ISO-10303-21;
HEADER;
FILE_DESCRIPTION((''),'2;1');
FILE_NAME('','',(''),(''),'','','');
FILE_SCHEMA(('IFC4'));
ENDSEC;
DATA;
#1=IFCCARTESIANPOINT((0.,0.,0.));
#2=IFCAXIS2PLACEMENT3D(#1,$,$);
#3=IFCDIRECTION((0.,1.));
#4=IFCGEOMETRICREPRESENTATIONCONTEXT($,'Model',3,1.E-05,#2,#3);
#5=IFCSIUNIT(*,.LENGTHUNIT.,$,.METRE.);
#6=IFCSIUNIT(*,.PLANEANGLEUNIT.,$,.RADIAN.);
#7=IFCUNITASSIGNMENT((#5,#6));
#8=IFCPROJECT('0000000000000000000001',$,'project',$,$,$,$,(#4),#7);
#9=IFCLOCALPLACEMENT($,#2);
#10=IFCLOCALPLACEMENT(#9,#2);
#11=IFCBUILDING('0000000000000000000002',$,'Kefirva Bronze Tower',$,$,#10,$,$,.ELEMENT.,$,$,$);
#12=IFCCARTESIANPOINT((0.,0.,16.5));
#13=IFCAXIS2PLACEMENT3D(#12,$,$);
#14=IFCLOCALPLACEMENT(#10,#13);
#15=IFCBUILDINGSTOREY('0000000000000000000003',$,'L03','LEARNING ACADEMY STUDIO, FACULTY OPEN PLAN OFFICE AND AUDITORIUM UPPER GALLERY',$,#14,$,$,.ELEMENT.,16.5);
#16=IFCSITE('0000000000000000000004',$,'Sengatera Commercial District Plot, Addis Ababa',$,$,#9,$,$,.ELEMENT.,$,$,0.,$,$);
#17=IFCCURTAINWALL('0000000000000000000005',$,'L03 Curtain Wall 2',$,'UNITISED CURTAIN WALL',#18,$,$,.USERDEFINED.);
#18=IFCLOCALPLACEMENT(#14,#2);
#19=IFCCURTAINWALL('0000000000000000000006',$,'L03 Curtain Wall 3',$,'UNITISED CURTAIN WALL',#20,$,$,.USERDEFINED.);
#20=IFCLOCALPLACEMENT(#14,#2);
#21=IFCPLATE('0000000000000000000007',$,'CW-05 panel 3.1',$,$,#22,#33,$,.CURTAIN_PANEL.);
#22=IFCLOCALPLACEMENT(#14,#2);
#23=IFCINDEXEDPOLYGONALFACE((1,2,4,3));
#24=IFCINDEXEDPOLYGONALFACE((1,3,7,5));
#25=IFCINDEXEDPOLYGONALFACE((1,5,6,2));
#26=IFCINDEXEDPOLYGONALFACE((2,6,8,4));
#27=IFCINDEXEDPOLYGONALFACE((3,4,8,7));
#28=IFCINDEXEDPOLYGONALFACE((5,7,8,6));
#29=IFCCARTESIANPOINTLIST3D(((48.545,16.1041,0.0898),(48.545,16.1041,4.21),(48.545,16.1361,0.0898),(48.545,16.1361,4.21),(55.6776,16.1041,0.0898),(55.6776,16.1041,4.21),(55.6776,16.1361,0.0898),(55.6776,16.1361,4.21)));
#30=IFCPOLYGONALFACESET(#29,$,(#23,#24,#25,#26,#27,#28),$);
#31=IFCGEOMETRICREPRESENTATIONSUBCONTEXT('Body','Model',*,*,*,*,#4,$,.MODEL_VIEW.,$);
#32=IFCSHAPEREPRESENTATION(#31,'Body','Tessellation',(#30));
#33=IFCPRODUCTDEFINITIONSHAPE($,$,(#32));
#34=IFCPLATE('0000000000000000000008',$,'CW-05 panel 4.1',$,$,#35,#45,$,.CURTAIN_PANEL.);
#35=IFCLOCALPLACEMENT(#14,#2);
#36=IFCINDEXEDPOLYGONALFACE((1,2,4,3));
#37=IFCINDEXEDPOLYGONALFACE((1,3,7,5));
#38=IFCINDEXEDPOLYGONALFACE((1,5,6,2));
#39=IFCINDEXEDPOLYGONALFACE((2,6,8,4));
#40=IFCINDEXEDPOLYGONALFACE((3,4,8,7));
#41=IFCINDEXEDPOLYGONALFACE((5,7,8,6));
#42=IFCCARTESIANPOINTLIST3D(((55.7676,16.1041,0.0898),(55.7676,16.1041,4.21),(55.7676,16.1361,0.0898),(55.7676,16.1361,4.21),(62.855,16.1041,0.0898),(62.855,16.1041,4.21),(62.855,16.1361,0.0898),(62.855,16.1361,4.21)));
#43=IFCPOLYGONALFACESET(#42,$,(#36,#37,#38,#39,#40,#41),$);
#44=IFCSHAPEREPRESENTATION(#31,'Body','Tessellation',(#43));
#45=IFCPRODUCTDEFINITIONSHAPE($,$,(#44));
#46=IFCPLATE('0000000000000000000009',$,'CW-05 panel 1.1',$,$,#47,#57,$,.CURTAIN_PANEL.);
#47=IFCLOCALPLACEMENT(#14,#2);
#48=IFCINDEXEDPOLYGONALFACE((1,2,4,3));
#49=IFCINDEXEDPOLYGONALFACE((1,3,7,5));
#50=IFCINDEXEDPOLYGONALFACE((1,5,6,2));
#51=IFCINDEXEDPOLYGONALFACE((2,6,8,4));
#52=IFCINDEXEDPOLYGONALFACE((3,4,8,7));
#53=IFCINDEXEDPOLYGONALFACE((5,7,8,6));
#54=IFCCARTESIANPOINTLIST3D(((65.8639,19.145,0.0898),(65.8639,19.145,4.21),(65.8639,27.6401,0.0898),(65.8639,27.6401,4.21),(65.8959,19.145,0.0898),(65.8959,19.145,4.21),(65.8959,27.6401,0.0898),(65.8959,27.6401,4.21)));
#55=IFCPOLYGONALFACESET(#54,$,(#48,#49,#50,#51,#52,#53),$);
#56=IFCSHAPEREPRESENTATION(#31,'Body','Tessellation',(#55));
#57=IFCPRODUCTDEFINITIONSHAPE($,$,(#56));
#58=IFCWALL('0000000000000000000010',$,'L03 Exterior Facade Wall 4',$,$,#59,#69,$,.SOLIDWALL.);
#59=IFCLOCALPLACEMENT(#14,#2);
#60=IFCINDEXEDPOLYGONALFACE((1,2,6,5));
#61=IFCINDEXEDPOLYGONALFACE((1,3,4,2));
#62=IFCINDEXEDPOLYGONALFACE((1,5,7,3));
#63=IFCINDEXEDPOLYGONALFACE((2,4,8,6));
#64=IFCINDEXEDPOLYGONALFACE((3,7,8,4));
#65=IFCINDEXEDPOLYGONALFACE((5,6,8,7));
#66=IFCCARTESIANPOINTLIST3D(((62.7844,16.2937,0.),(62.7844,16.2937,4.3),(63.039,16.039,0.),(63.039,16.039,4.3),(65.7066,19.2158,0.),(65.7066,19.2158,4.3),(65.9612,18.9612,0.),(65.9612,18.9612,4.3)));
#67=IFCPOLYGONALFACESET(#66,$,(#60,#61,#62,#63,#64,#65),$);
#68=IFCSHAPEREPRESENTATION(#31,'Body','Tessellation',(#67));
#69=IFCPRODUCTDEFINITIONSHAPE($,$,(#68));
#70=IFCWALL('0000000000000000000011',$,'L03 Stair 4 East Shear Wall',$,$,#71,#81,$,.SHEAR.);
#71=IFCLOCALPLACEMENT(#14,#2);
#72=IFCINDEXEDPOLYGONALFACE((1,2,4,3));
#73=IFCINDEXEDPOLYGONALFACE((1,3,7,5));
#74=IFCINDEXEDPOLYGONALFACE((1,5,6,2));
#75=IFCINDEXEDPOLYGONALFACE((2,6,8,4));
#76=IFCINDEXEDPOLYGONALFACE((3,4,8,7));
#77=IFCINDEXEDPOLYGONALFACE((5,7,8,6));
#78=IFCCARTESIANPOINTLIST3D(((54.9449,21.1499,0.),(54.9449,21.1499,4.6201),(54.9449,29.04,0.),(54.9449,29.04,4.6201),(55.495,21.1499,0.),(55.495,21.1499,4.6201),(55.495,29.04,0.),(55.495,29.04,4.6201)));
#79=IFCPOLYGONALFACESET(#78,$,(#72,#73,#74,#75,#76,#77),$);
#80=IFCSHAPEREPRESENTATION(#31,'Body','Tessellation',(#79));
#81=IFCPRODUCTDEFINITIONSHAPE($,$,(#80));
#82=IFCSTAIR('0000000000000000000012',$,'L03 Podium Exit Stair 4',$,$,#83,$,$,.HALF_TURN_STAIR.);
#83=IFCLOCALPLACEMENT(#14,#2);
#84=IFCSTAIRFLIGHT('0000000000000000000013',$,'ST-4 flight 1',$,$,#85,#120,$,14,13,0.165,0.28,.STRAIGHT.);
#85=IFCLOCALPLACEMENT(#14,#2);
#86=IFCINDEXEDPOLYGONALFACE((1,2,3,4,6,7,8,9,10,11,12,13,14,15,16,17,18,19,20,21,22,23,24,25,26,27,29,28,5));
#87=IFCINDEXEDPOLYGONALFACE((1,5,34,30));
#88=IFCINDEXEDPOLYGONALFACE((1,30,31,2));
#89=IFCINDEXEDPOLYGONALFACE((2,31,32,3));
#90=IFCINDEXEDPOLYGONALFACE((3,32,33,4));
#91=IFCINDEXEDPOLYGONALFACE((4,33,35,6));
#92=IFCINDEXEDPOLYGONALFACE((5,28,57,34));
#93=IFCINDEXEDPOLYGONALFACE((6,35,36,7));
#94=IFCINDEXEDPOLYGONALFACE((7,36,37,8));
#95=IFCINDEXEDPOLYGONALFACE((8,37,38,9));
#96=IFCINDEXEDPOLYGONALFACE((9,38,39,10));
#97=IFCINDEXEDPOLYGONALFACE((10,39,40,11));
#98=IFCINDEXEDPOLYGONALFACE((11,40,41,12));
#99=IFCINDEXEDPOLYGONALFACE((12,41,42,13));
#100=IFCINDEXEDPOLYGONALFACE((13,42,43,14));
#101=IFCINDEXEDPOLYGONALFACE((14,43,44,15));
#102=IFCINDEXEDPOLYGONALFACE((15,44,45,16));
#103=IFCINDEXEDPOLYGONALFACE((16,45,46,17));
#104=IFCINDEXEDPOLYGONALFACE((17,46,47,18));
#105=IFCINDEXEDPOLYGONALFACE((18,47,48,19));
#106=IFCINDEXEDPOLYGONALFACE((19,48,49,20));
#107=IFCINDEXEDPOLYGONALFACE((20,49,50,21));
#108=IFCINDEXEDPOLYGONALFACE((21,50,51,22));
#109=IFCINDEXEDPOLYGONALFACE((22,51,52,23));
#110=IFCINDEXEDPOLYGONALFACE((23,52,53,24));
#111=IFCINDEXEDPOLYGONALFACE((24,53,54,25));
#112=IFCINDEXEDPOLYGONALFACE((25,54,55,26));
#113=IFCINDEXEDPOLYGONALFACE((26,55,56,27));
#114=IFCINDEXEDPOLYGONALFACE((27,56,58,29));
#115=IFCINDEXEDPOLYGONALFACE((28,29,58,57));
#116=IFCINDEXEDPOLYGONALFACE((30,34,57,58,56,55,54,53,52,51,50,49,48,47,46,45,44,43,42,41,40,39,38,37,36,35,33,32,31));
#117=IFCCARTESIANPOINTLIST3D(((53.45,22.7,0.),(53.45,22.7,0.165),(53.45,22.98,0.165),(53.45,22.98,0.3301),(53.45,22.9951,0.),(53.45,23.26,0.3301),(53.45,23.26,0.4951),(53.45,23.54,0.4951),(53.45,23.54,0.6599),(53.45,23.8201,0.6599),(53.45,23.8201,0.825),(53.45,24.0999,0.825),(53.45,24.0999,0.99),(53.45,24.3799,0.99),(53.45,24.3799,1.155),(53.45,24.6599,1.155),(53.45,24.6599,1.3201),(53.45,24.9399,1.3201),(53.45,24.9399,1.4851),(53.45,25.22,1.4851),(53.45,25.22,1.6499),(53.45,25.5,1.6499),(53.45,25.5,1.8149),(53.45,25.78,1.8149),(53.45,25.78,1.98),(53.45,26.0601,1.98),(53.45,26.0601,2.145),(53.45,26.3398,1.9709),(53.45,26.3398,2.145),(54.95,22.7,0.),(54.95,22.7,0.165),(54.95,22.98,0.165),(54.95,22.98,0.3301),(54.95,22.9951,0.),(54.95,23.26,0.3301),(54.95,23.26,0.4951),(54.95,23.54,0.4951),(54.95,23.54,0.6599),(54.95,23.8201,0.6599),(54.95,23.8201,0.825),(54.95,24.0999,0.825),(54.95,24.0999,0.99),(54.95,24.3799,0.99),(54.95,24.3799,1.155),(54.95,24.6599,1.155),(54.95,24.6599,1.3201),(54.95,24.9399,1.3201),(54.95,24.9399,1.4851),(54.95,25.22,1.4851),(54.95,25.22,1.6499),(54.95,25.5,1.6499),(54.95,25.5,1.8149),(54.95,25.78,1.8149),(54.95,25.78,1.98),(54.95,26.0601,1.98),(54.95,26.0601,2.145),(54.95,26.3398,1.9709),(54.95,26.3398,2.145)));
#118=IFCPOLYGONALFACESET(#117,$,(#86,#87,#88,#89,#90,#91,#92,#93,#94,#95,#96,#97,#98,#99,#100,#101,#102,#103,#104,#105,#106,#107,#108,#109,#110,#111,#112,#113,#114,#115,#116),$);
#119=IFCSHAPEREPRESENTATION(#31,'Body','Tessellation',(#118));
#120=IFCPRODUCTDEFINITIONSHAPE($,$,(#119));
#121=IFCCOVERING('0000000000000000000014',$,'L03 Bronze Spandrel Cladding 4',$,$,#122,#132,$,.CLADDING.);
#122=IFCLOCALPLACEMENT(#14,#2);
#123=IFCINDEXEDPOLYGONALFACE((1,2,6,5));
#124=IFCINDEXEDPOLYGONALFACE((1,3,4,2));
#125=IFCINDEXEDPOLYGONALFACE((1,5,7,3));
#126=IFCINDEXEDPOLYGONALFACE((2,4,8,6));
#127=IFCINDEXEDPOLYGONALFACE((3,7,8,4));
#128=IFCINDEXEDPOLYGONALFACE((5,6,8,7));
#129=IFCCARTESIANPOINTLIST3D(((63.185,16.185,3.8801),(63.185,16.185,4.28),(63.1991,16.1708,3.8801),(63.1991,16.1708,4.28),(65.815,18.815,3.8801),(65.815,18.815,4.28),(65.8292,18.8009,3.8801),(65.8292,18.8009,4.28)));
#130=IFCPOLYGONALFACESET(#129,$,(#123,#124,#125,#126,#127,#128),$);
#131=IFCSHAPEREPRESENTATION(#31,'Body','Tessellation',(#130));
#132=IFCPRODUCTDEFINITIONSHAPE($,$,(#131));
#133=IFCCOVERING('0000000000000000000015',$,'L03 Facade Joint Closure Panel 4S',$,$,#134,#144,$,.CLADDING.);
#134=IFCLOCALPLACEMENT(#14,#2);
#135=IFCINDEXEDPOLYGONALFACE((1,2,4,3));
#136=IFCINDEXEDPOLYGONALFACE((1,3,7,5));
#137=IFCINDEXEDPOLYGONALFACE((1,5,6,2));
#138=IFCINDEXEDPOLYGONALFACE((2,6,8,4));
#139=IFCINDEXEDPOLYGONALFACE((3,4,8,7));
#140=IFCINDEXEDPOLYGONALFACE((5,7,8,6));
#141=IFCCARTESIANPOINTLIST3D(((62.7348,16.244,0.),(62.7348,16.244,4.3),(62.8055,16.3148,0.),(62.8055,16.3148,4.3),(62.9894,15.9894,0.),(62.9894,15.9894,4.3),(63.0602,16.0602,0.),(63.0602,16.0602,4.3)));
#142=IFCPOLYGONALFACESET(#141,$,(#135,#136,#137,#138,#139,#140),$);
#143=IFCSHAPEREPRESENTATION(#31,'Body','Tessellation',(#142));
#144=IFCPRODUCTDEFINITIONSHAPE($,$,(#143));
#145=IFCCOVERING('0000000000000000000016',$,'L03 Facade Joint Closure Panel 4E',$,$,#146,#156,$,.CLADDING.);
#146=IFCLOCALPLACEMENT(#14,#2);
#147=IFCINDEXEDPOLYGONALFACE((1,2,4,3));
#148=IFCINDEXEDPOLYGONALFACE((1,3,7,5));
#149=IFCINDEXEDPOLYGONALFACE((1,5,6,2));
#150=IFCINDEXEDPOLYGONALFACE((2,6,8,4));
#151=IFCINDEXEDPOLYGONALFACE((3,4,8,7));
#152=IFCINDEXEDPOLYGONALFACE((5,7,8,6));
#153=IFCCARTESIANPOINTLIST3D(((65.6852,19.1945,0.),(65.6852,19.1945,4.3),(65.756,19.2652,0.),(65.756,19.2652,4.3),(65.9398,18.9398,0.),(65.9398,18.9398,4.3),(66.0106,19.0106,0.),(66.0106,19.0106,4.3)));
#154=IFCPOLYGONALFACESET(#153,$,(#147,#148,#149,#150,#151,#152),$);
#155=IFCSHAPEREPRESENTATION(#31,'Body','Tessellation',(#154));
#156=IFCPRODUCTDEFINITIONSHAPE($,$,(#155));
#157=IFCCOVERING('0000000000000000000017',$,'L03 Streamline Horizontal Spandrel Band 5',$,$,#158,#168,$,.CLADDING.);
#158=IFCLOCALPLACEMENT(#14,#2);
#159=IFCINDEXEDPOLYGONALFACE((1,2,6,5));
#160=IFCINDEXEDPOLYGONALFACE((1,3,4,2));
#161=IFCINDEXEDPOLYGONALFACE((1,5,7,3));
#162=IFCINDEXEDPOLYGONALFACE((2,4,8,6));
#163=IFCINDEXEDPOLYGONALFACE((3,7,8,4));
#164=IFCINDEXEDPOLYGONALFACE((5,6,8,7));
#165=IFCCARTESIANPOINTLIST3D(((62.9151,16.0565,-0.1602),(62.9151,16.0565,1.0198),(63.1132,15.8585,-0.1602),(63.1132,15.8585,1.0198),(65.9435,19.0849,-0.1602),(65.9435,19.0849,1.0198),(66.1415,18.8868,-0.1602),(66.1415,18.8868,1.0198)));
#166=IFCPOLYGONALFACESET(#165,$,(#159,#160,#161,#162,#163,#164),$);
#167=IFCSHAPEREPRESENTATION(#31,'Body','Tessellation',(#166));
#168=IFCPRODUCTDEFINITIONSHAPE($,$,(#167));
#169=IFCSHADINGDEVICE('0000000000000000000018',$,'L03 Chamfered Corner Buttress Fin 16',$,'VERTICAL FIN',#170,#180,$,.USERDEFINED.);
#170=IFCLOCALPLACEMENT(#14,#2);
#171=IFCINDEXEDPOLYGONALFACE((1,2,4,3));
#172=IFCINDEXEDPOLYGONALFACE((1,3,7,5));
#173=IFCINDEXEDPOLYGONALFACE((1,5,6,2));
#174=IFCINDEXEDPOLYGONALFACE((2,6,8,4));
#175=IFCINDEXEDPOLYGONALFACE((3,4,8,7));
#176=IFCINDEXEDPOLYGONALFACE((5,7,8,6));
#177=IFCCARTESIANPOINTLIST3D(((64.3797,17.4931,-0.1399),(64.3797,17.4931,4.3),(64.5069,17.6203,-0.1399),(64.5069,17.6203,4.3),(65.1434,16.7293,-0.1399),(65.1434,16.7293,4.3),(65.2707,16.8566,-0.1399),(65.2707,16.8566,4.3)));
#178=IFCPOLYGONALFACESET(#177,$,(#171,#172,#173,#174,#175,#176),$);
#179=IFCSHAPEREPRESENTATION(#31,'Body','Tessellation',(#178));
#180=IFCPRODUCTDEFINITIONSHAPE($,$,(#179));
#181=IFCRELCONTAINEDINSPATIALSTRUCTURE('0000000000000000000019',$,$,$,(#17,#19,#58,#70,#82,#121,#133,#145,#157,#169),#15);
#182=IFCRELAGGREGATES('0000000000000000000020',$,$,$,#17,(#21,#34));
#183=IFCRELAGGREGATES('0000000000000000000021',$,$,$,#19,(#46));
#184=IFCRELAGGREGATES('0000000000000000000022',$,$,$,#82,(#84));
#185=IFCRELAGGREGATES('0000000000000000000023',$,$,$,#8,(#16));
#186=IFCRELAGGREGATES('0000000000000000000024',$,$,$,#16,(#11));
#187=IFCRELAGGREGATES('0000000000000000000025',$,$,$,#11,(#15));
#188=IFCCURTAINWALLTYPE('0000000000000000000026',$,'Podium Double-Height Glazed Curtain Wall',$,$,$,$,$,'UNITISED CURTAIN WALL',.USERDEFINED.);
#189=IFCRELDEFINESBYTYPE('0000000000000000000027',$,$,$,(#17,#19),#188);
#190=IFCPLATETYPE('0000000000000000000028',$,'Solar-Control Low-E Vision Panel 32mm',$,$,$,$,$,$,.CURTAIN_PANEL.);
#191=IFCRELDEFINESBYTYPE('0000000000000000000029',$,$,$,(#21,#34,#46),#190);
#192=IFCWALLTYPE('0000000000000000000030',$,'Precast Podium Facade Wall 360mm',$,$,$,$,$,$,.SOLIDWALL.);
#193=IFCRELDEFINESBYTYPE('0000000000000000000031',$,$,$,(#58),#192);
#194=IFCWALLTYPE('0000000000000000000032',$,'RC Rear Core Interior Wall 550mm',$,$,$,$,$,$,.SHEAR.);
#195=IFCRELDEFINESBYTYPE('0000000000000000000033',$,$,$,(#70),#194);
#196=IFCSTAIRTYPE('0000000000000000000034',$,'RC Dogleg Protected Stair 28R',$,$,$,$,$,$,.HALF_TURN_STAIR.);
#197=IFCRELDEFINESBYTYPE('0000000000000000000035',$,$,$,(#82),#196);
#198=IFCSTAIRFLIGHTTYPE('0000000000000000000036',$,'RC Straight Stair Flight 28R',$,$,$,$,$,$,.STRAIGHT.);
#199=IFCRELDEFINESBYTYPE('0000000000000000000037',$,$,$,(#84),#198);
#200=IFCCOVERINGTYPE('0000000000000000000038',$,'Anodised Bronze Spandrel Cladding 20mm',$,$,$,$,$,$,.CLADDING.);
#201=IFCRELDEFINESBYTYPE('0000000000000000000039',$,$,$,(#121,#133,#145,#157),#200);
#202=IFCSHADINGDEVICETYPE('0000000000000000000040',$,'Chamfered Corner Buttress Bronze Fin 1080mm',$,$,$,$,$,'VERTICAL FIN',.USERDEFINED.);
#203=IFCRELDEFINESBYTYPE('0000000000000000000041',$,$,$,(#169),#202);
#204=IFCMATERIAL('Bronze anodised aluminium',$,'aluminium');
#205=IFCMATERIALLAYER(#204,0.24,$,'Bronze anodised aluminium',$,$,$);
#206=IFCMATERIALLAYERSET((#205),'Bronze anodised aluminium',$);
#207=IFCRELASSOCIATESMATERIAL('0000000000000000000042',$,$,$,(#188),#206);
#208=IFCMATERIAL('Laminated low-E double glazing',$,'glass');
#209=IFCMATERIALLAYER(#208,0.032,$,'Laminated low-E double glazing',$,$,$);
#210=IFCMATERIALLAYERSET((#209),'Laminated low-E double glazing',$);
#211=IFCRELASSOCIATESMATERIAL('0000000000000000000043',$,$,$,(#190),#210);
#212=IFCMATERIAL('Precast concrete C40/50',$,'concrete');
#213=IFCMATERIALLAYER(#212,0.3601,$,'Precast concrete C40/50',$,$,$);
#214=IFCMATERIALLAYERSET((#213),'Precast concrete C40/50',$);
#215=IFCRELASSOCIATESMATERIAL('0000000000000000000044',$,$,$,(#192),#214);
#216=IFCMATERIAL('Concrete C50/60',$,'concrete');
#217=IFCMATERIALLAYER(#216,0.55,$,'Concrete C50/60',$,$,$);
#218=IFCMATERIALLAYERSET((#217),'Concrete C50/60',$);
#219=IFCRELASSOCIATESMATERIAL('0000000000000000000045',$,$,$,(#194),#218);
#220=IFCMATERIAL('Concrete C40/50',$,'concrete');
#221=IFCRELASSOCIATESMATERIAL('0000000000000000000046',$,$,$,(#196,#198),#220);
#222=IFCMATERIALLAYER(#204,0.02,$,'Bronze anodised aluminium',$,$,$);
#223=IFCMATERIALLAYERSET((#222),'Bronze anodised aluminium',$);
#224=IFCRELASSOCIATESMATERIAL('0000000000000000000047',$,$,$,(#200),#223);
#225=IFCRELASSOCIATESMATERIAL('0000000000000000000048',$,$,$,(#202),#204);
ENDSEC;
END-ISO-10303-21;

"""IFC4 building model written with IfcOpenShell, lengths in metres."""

from ifc_helpers import new_model, si_unit, direction, frame, frame_2d, origin, origin_2d, place, context, subcontext, project, spatial, polyline, rectangle, outline, extrude, material, layer, layer_set, material_profile, profile_set, type_object, element, aggregate, save


model = new_model("IFC4")

# Units and contexts
model_context = context("Model", 3, precision=1e-05, world=origin(), true_north=direction((0.0, 1.0)))
body_context = subcontext(model_context, "Body", "Model", "MODEL_VIEW")
ifc_project = project(units=[si_unit("LENGTHUNIT", "METRE"), si_unit("PLANEANGLEUNIT", "RADIAN")], contexts=[model_context])

# Site, building, storey
site_placement = place(None, origin())
site = spatial("IfcSite", under=ifc_project, at=site_placement, Name="Sengatera Commercial District Plot, Addis Ababa", CompositionType="ELEMENT", RefElevation=0.0)
building_placement = place(site_placement, origin())
building = spatial("IfcBuilding", under=site, at=building_placement, Name="Kefirva Bronze Tower", CompositionType="ELEMENT")
storey_placement = place(building_placement, frame((0.0, 0.0, 16.5)))
storey = spatial("IfcBuildingStorey", under=building, at=storey_placement, Name="L03", Description="LEARNING ACADEMY STUDIO, FACULTY OPEN PLAN OFFICE AND AUDITORIUM UPPER GALLERY", CompositionType="ELEMENT", Elevation=16.5)

# Curtain wall
ifc_material_1 = material(Name="Bronze anodised aluminium", Category="aluminium")
ifc_layer_1 = layer(ifc_material_1, 0.24, Name="Bronze anodised aluminium")
ifc_layer_set_1 = layer_set([ifc_layer_1], Name="Bronze anodised aluminium")
curtain_wall_type = type_object("IfcCurtainWallType", Name="Podium Double-Height Glazed Curtain Wall", ElementType="UNITISED CURTAIN WALL", PredefinedType="USERDEFINED", material=ifc_layer_set_1)
curtain_wall_1_placement = place(storey_placement, origin())
curtain_wall_1 = element("IfcCurtainWall", 1, at=curtain_wall_1_placement, inside=storey, type_object=curtain_wall_type, Name="L03 Curtain Wall 2", ObjectType="UNITISED CURTAIN WALL", PredefinedType="USERDEFINED")

# Curtain wall
curtain_wall_2_placement = place(storey_placement, origin())
curtain_wall_2 = element("IfcCurtainWall", 2, at=curtain_wall_2_placement, inside=storey, type_object=curtain_wall_type, Name="L03 Curtain Wall 3", ObjectType="UNITISED CURTAIN WALL", PredefinedType="USERDEFINED")

# Shared definitions
ifc_material_2 = material(Name="Concrete C50/60", Category="concrete")

# Plates
ifc_material_3 = material(Name="Laminated low-E double glazing", Category="glass")
ifc_layer_2 = layer(ifc_material_3, 0.032, Name="Laminated low-E double glazing")
ifc_layer_set_2 = layer_set([ifc_layer_2], Name="Laminated low-E double glazing")
plate_type = type_object("IfcPlateType", Name="Solar-Control Low-E Vision Panel 32mm", PredefinedType="CURTAIN_PANEL", material=ifc_layer_set_2)
plate_1_placement = place(storey_placement, frame((52.1113, 16.1201, 0.0898), z_axis=(0.0, 0.0, 1.0), x_axis=(1.0, 0.0, 0.0)))
plate_1 = element("IfcPlate", 3, at=plate_1_placement, type_object=plate_type, Name="CW-05 panel 3.1", PredefinedType="CURTAIN_PANEL", context=body_context, shape_type="SweptSolid", body=[
    extrude(rectangle(XDim=7.1326, YDim=0.032, at=origin_2d()), origin(), (0.0, 0.0, 1.0), 4.1201),
])
plate_2_placement = place(storey_placement, frame((59.3113, 16.1201, 0.0898), z_axis=(0.0, 0.0, 1.0), x_axis=(1.0, 0.0, 0.0)))
plate_2 = element("IfcPlate", 4, at=plate_2_placement, type_object=plate_type, Name="CW-05 panel 4.1", PredefinedType="CURTAIN_PANEL", context=body_context, shape_type="SweptSolid", body=[
    extrude(rectangle(XDim=7.0874, YDim=0.032, at=origin_2d()), origin(), (0.0, 0.0, 1.0), 4.1201),
])
aggregate(curtain_wall_1, [plate_1, plate_2])
plate_3_placement = place(storey_placement, frame((65.8799, 23.3926, 0.0898), z_axis=(0.0, 0.0, 1.0), x_axis=(0.0, 1.0, 0.0)))
plate_3 = element("IfcPlate", 5, at=plate_3_placement, type_object=plate_type, Name="CW-05 panel 1.1", PredefinedType="CURTAIN_PANEL", context=body_context, shape_type="SweptSolid", body=[
    extrude(rectangle(XDim=8.4951, YDim=0.032, at=origin_2d()), origin(), (0.0, 0.0, 1.0), 4.1201),
])
aggregate(curtain_wall_2, [plate_3])

# Walls
ifc_material_4 = material(Name="Precast concrete C40/50", Category="concrete")
ifc_layer_3 = layer(ifc_material_4, 0.3601, Name="Precast concrete C40/50")
ifc_layer_set_3 = layer_set([ifc_layer_3], Name="Precast concrete C40/50")
wall_type_1 = type_object("IfcWallType", Name="Precast Podium Facade Wall 360mm", PredefinedType="SOLIDWALL", material=ifc_layer_set_3)
wall_1_placement = place(storey_placement, frame((62.9116, 16.1663, 0.0), z_axis=(0.0, 0.0, 1.0), x_axis=(0.707107, 0.707107, 0.0)))
element("IfcWall", 6, at=wall_1_placement, inside=storey, type_object=wall_type_1, Name="L03 Exterior Facade Wall 4", PredefinedType="SOLIDWALL", context=body_context, shape_type="SweptSolid", body=[
    extrude(rectangle(XDim=4.1326, YDim=0.3601, at=frame_2d((2.0664, 0.0))), origin(), (0.0, 0.0, 1.0), 4.3),
])
ifc_layer_4 = layer(ifc_material_2, 0.55, Name="Concrete C50/60")
ifc_layer_set_4 = layer_set([ifc_layer_4], Name="Concrete C50/60")
wall_type_2 = type_object("IfcWallType", Name="RC Rear Core Interior Wall 550mm", PredefinedType="SHEAR", material=ifc_layer_set_4)
wall_2_placement = place(storey_placement, frame((55.22, 21.1499, 0.0), z_axis=(0.0, 0.0, 1.0), x_axis=(0.0, 1.0, 0.0)))
element("IfcWall", 7, at=wall_2_placement, inside=storey, type_object=wall_type_2, Name="L03 Stair 4 East Shear Wall", PredefinedType="SHEAR", context=body_context, shape_type="SweptSolid", body=[
    extrude(rectangle(XDim=7.8901, YDim=0.55, at=frame_2d((3.9451, 0.0))), origin(), (0.0, 0.0, 1.0), 4.6201),
])

# Stair, stair flight
ifc_material_5 = material(Name="Concrete C40/50", Category="concrete")
stair_type = type_object("IfcStairType", Name="RC Dogleg Protected Stair 28R", PredefinedType="HALF_TURN_STAIR", material=ifc_material_5)
stair_placement = place(storey_placement, origin())
stair = element("IfcStair", 8, at=stair_placement, inside=storey, type_object=stair_type, Name="L03 Podium Exit Stair 4", PredefinedType="HALF_TURN_STAIR")
stair_flight_type = type_object("IfcStairFlightType", Name="RC Straight Stair Flight 28R", PredefinedType="STRAIGHT", material=ifc_material_5)
stair_flight_placement = place(storey_placement, frame((54.2, 22.7, 0.0), z_axis=(0.0, 0.0, 1.0), x_axis=(0.0, 1.0, 0.0)))
stair_flight = element("IfcStairFlight", 9, at=stair_flight_placement, type_object=stair_flight_type, Name="ST-4 flight 1", NumberOfRisers=14, NumberOfTreads=13, PredefinedType="STRAIGHT", RiserHeight=0.165, TreadLength=0.28, context=body_context, shape_type="SweptSolid", body=[
    extrude(outline(polyline([(0.0, 0.0), (0.0, 0.165), (0.28, 0.165), (0.28, 0.3301), (0.5601, 0.3301), (0.5601, 0.4951), (0.8401, 0.4951), (0.8401, 0.6599), (1.1201, 0.6599), (1.1201, 0.825), (1.3999, 0.825), (1.3999, 0.99), (1.6799, 0.99), (1.6799, 1.155), (1.96, 1.155), (1.96, 1.3201), (2.24, 1.3201), (2.24, 1.4851), (2.52, 1.4851), (2.52, 1.6499), (2.8, 1.6499), (2.8, 1.8149), (3.0801, 1.8149), (3.0801, 1.98), (3.3601, 1.98), (3.3601, 2.145), (3.6399, 2.145), (3.6399, 2.3101), (3.6399, 1.9709), (0.2952, 0.0), (0.0, 0.0)])), frame((0.0, 0.75, 0.0), z_axis=(0.0, -1.0, 0.0), x_axis=(1.0, 0.0, 0.0)), (0.0, 0.0, 1.0), 1.5),
])
aggregate(stair, [stair_flight])

# Coverings
ifc_layer_5 = layer(ifc_material_1, 0.02, Name="Bronze anodised aluminium")
ifc_layer_set_5 = layer_set([ifc_layer_5], Name="Bronze anodised aluminium")
covering_type_1 = type_object("IfcCoveringType", Name="Anodised Bronze Spandrel Cladding 20mm", PredefinedType="CLADDING", material=ifc_layer_set_5)
covering_1_placement = place(storey_placement, frame((64.5071, 17.4929, 3.8801), z_axis=(0.0, 0.0, 1.0), x_axis=(0.707107, 0.707107, 0.0)))
element("IfcCovering", 10, at=covering_1_placement, inside=storey, type_object=covering_type_1, Name="L03 Bronze Spandrel Cladding 4", PredefinedType="CLADDING", context=body_context, shape_type="SweptSolid", body=[
    extrude(rectangle(XDim=3.7195, YDim=0.02, at=origin_2d()), origin(), (0.0, 0.0, 1.0), 0.3999),
])
for number, where, z_axis, x_axis, name in (
    (11, (62.8975, 16.1521, 0.0), (0.0, 0.0, 1.0), (0.707107, 0.707107, 0.0), "L03 Facade Joint Closure Panel 4S"),
    (12, (65.8479, 19.1025, 0.0), (0.0, 0.0, 1.0), (0.707107, 0.707107, 0.0), "L03 Facade Joint Closure Panel 4E"),
):
    element("IfcCovering", number, at=place(storey_placement, frame(where, z_axis=z_axis, x_axis=x_axis)), inside=storey, type_object=covering_type_1, Name=name, PredefinedType="CLADDING", context=body_context, shape_type="SweptSolid", body=[
        extrude(rectangle(XDim=0.1001, YDim=0.3601, at=origin_2d()), origin(), (0.0, 0.0, 1.0), 4.3),
    ])
covering_2_placement = place(storey_placement, frame((64.5283, 17.4717, -0.1602), z_axis=(0.0, 0.0, 1.0), x_axis=(0.707107, 0.707107, 0.0)))
element("IfcCovering", 13, at=covering_2_placement, inside=storey, type_object=covering_type_1, Name="L03 Streamline Horizontal Spandrel Band 5", PredefinedType="CLADDING", context=body_context, shape_type="SweptSolid", body=[
    extrude(rectangle(XDim=4.2827, YDim=0.28, at=origin_2d()), origin(), (0.0, 0.0, 1.0), 1.1799),
])

# Shading device
ifc_material_profile_1 = material_profile(ifc_material_1, rectangle(XDim=0.1799, YDim=1.0801, at=origin_2d()), Name="BRONZE BUTTRESS FIN 180x1080")
ifc_profile_set_1 = profile_set([ifc_material_profile_1], Name="Bronze anodised aluminium")
shading_device_type_1 = type_object("IfcShadingDeviceType", Name="Chamfered Corner Buttress Bronze Fin 1080mm", ElementType="VERTICAL FIN", PredefinedType="USERDEFINED", material=ifc_profile_set_1)
shading_device_1_placement = place(storey_placement, frame((64.8252, 17.1748, -0.1399), z_axis=(0.0, 0.0, 1.0), x_axis=(0.707107, 0.707107, 0.0)))
element("IfcShadingDevice", 14, at=shading_device_1_placement, inside=storey, type_object=shading_device_type_1, Name="L03 Chamfered Corner Buttress Fin 16", ObjectType="VERTICAL FIN", PredefinedType="USERDEFINED", context=body_context, shape_type="SweptSolid", body=[
    extrude(rectangle(XDim=0.1799, YDim=1.0801, at=origin_2d()), origin(), (0.0, 0.0, 1.0), 4.4399),
])

save(model, "model.ifc")
